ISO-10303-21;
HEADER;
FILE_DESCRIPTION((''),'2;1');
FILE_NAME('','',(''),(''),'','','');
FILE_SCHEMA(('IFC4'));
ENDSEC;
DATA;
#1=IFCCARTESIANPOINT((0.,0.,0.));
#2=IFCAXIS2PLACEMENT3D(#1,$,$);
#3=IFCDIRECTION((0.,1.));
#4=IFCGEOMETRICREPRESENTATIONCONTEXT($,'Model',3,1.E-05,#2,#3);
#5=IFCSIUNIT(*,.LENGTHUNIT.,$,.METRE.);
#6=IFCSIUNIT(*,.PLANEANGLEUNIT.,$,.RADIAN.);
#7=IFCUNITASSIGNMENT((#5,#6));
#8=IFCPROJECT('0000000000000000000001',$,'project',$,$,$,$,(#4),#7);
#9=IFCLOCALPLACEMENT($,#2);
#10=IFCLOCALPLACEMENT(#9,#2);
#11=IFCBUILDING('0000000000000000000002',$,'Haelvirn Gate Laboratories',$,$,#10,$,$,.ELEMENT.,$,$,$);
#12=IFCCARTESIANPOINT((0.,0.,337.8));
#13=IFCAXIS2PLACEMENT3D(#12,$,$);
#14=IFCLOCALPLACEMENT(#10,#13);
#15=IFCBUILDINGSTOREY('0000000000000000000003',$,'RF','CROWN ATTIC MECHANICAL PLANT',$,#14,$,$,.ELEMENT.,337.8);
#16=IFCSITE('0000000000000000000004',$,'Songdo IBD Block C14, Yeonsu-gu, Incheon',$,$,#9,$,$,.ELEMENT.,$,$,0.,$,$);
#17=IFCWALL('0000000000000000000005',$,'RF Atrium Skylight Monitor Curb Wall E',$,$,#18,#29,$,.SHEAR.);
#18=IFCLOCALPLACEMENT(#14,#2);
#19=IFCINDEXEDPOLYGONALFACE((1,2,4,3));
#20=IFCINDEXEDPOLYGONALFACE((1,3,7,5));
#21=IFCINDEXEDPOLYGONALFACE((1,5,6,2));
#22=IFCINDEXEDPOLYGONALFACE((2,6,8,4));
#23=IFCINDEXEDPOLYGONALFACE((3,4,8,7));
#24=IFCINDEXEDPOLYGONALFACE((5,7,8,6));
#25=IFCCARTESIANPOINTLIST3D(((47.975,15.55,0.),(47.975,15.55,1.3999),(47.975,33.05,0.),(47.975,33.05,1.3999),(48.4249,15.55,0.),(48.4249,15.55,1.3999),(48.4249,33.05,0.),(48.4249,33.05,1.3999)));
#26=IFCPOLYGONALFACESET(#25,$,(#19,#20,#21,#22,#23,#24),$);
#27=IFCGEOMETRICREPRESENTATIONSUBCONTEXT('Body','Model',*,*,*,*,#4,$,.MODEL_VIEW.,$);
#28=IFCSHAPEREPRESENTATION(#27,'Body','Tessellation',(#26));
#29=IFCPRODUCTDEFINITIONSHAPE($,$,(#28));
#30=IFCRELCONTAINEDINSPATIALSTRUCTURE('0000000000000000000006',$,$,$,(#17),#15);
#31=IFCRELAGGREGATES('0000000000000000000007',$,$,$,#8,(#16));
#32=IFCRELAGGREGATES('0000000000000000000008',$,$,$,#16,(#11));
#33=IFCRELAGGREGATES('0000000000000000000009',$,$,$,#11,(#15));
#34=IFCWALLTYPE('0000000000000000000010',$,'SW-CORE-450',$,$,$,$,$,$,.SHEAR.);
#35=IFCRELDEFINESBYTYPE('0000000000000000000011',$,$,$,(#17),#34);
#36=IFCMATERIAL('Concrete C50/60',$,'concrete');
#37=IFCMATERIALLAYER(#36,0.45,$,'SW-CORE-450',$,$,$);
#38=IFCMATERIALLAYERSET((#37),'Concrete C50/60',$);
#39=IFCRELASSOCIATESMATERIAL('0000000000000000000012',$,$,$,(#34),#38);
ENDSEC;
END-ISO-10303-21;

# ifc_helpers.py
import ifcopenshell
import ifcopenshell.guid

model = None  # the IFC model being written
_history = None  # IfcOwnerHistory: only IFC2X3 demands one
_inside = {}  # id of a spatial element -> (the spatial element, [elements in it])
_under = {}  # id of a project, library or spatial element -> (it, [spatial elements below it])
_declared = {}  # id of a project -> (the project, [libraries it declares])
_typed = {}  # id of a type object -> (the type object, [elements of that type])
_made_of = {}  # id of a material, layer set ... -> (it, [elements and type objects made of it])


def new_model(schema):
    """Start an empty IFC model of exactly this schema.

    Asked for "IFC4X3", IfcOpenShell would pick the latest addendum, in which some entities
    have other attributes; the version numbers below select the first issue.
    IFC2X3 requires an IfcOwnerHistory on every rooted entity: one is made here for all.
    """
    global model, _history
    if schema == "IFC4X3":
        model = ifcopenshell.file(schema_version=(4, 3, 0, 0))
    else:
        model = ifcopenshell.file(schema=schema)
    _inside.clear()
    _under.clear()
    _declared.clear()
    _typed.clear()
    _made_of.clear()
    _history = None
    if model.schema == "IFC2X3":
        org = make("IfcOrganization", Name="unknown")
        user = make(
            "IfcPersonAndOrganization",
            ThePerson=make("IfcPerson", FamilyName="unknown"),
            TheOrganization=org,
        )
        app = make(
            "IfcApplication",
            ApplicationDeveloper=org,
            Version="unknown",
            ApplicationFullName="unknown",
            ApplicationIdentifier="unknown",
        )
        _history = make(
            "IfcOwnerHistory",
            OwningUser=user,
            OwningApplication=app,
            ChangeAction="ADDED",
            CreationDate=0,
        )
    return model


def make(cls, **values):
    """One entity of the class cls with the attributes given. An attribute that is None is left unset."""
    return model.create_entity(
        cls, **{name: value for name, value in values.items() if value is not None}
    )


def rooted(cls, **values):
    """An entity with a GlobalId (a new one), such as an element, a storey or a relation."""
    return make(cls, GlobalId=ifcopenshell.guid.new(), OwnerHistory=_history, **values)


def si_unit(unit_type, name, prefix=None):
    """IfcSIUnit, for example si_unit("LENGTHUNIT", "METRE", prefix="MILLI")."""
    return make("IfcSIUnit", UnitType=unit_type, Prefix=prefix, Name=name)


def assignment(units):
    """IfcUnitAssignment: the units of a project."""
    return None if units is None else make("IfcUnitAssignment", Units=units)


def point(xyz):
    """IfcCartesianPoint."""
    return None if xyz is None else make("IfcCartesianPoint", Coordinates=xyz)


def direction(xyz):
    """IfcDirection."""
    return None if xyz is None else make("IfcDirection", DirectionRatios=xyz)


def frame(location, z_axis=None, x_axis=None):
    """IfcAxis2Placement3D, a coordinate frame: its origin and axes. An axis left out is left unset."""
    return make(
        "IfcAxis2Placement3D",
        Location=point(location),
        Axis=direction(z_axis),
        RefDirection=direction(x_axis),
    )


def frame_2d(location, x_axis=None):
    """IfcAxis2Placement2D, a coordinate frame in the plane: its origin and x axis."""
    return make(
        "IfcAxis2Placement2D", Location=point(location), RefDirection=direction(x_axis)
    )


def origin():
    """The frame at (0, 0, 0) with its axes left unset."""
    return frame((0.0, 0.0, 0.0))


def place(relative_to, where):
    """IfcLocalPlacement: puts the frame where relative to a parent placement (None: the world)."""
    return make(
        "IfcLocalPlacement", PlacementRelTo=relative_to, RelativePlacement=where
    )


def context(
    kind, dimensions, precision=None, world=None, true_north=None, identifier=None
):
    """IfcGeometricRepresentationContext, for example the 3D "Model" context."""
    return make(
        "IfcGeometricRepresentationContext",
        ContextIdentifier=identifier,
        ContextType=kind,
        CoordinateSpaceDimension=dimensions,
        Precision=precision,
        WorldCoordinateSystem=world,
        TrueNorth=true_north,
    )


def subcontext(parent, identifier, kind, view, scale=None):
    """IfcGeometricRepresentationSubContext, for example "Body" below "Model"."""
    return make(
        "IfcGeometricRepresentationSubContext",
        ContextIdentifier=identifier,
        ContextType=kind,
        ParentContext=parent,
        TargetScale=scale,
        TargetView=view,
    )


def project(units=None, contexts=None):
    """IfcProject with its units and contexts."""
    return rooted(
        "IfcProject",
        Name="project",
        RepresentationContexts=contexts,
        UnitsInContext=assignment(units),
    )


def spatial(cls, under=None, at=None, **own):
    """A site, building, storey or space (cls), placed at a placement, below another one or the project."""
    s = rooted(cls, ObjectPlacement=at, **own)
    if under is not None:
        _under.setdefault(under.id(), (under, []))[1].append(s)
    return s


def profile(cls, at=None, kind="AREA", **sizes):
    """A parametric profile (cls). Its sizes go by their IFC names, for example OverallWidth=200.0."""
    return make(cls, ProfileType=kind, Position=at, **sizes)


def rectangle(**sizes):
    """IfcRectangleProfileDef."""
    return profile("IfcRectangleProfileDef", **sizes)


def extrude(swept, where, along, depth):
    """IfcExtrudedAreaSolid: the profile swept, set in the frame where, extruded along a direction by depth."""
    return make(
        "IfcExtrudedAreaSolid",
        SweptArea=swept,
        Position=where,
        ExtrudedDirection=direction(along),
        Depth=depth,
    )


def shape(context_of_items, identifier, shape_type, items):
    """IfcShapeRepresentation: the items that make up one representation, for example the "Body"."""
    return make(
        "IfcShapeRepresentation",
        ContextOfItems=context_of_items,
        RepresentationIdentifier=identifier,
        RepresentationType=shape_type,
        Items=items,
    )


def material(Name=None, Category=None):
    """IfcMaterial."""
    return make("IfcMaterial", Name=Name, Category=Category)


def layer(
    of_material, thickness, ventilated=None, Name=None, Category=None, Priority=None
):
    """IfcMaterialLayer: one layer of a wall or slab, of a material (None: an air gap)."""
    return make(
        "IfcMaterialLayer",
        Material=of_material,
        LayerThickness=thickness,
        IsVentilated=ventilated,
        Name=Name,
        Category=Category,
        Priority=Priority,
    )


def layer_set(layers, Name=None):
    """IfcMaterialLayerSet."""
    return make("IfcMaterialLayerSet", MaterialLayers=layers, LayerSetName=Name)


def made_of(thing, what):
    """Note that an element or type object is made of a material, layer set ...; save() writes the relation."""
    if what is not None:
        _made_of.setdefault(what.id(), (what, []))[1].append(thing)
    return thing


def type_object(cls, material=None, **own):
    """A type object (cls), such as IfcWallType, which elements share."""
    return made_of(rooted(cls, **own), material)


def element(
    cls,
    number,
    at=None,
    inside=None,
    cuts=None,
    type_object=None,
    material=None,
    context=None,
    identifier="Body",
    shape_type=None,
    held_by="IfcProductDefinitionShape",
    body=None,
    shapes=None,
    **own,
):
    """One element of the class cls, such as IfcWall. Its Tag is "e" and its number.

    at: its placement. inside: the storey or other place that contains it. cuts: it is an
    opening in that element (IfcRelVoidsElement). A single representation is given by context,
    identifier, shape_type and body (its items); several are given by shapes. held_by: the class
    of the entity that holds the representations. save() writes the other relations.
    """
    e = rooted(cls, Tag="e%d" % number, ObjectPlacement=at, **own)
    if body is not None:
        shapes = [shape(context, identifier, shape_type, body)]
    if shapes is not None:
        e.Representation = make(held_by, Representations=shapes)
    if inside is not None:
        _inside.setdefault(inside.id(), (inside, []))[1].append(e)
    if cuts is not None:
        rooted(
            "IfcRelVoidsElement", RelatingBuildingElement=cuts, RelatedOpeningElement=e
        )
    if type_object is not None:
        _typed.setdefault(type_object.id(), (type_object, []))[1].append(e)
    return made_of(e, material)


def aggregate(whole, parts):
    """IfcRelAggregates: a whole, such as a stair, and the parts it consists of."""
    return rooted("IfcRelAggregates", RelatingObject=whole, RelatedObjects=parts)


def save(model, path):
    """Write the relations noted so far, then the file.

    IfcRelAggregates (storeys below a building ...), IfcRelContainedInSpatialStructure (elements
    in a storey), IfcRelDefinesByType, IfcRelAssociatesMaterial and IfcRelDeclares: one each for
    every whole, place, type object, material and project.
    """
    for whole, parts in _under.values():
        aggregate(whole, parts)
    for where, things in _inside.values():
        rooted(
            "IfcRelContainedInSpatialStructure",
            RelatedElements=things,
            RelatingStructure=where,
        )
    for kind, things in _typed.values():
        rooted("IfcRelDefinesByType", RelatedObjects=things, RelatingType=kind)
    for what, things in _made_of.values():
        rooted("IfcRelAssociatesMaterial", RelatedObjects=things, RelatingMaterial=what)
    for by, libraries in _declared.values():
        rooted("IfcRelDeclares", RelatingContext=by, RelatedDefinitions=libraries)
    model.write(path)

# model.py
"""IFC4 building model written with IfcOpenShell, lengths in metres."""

from ifc_helpers import new_model, si_unit, direction, frame, frame_2d, origin, place, context, subcontext, project, spatial, rectangle, extrude, material, layer, layer_set, type_object, element, save


model = new_model("IFC4")

# Units and contexts
model_context = context("Model", 3, precision=1e-05, world=origin(), true_north=direction((0.0, 1.0)))
body_context = subcontext(model_context, "Body", "Model", "MODEL_VIEW")
ifc_project = project(units=[si_unit("LENGTHUNIT", "METRE"), si_unit("PLANEANGLEUNIT", "RADIAN")], contexts=[model_context])

# Site, building, storey
site_placement = place(None, origin())
site = spatial("IfcSite", under=ifc_project, at=site_placement, Name="Songdo IBD Block C14, Yeonsu-gu, Incheon", CompositionType="ELEMENT", RefElevation=0.0)
building_placement = place(site_placement, origin())
building = spatial("IfcBuilding", under=site, at=building_placement, Name="Haelvirn Gate Laboratories", CompositionType="ELEMENT")
storey_placement = place(building_placement, frame((0.0, 0.0, 337.8)))
storey = spatial("IfcBuildingStorey", under=building, at=storey_placement, Name="RF", Description="CROWN ATTIC MECHANICAL PLANT", CompositionType="ELEMENT", Elevation=337.8)

# Wall
ifc_material_1 = material(Name="Concrete C50/60", Category="concrete")
ifc_layer_1 = layer(ifc_material_1, 0.45, Name="SW-CORE-450")
ifc_layer_set_1 = layer_set([ifc_layer_1], Name="Concrete C50/60")
wall_type = type_object("IfcWallType", Name="SW-CORE-450", PredefinedType="SHEAR", material=ifc_layer_set_1)
wall_1_placement = place(storey_placement, frame((48.2, 15.55, 0.0), z_axis=(0.0, 0.0, 1.0), x_axis=(0.0, 1.0, 0.0)))
element("IfcWall", 1, at=wall_1_placement, inside=storey, type_object=wall_type, Name="RF Atrium Skylight Monitor Curb Wall E", PredefinedType="SHEAR", context=body_context, shape_type="SweptSolid", body=[
    extrude(rectangle(XDim=17.5, YDim=0.45, at=frame_2d((8.75, 0.0))), origin(), (0.0, 0.0, 1.0), 1.3999),
])

save(model, "model.ifc")
